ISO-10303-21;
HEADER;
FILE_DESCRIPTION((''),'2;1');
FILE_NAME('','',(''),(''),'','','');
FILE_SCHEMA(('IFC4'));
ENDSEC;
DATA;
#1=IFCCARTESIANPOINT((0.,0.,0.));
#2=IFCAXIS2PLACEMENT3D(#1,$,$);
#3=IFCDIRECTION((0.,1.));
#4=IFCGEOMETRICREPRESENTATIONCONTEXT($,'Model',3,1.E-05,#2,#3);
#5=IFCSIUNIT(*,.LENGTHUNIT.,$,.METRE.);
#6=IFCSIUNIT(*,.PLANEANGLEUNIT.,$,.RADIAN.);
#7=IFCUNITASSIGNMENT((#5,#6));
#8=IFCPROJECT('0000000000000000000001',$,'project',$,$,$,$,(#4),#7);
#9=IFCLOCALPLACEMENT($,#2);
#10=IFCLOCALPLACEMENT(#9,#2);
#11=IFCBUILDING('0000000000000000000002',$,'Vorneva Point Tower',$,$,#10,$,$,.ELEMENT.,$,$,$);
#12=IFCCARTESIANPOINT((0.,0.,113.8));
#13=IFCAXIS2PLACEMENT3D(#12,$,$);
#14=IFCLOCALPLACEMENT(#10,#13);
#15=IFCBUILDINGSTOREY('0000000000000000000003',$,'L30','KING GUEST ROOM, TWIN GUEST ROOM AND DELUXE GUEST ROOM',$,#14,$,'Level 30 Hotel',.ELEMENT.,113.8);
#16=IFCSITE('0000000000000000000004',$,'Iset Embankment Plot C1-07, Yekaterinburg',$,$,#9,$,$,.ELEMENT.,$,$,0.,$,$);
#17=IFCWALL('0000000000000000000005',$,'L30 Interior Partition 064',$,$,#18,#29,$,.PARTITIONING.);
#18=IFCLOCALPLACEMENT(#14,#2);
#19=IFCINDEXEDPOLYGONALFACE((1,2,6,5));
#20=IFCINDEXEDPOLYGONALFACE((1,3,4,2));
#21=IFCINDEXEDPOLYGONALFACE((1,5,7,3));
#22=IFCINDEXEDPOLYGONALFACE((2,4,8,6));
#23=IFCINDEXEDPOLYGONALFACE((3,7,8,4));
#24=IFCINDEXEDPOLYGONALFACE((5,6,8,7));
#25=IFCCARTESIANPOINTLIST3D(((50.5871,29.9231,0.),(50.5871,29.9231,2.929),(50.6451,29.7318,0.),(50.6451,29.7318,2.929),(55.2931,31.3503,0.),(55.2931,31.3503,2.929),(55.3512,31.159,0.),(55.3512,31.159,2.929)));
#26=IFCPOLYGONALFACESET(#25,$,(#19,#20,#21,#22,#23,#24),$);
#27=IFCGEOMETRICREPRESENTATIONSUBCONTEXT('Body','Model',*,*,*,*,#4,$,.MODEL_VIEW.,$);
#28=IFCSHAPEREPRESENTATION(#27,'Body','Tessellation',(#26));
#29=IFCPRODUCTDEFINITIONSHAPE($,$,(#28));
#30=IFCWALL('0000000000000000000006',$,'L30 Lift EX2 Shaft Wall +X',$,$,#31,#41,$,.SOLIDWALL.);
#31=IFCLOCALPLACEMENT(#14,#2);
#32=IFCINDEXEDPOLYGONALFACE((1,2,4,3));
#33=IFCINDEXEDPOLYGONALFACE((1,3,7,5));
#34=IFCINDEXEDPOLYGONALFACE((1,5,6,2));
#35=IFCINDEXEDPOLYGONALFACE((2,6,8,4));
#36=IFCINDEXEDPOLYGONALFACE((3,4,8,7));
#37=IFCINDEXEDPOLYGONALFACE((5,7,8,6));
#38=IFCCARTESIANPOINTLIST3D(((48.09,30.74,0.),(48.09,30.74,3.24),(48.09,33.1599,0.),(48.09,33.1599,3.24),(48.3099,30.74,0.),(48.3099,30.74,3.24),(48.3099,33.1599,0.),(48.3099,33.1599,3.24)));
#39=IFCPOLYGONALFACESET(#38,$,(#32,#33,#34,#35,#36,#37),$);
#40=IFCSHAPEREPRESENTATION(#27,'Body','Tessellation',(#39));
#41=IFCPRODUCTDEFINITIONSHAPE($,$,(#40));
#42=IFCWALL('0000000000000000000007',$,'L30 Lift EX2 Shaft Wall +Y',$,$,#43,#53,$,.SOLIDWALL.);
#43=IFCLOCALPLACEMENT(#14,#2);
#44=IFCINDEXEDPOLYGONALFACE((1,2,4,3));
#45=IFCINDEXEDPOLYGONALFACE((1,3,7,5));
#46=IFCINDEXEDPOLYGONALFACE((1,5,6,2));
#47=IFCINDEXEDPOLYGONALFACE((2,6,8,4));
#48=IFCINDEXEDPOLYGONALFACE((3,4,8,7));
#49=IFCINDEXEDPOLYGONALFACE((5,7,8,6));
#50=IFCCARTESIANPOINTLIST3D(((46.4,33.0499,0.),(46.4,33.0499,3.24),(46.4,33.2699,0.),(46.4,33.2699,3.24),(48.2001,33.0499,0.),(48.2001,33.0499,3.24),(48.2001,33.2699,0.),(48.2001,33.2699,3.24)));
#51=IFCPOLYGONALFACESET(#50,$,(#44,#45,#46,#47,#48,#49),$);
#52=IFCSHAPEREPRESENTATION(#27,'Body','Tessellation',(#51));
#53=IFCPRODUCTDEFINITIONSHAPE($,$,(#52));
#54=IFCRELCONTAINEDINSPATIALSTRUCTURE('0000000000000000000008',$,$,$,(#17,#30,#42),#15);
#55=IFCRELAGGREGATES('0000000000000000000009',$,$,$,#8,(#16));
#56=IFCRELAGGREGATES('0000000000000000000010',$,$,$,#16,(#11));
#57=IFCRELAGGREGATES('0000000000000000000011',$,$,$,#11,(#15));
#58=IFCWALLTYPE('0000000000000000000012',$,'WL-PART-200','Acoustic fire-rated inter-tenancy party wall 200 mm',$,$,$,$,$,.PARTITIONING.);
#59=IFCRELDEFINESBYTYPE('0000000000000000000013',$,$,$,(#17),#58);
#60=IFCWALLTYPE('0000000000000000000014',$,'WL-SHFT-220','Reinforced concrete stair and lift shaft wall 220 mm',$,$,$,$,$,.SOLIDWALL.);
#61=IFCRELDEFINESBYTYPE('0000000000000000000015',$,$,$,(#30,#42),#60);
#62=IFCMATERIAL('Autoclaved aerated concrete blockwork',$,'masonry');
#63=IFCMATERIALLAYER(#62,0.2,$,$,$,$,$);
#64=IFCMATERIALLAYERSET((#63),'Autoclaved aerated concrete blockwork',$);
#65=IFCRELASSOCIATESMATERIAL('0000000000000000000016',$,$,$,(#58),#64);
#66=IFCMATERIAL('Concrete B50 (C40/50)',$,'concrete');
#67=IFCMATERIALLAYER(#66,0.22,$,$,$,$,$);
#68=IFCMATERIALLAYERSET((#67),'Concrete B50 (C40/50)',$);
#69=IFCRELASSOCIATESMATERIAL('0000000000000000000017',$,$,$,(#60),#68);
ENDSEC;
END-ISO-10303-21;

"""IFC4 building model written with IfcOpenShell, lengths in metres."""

from ifc_helpers import new_model, si_unit, direction, frame, frame_2d, origin, place, context, subcontext, project, spatial, rectangle, extrude, material, layer, layer_set, type_object, element, save


model = new_model("IFC4")

# Units and contexts
model_context = context("Model", 3, precision=1e-05, world=origin(), true_north=direction((0.0, 1.0)))
body_context = subcontext(model_context, "Body", "Model", "MODEL_VIEW")
ifc_project = project(units=[si_unit("LENGTHUNIT", "METRE"), si_unit("PLANEANGLEUNIT", "RADIAN")], contexts=[model_context])

# Site, building, storey
site_placement = place(None, origin())
site = spatial("IfcSite", under=ifc_project, at=site_placement, Name="Iset Embankment Plot C1-07, Yekaterinburg", CompositionType="ELEMENT", RefElevation=0.0)
building_placement = place(site_placement, origin())
building = spatial("IfcBuilding", under=site, at=building_placement, Name="Vorneva Point Tower", CompositionType="ELEMENT")
storey_placement = place(building_placement, frame((0.0, 0.0, 113.8)))
storey = spatial("IfcBuildingStorey", under=building, at=storey_placement, Name="L30", Description="KING GUEST ROOM, TWIN GUEST ROOM AND DELUXE GUEST ROOM", LongName="Level 30 Hotel", CompositionType="ELEMENT", Elevation=113.8)

# Shared definitions
ifc_material_1 = material(Name="Autoclaved aerated concrete blockwork", Category="masonry")

# Walls
ifc_layer_1 = layer(ifc_material_1, 0.2)
ifc_layer_set_1 = layer_set([ifc_layer_1], Name="Autoclaved aerated concrete blockwork")
wall_type_1 = type_object("IfcWallType", Name="WL-PART-200", Description="Acoustic fire-rated inter-tenancy party wall 200 mm", PredefinedType="PARTITIONING", material=ifc_layer_set_1)
wall_1_placement = place(storey_placement, frame((50.616, 29.8274, 0.0), z_axis=(0.0, 0.0, 1.0), x_axis=(0.956958, 0.290225, 0.0)))
element("IfcWall", 1, at=wall_1_placement, inside=storey, type_object=wall_type_1, Name="L30 Interior Partition 064", PredefinedType="PARTITIONING", context=body_context, shape_type="SweptSolid", body=[
    extrude(rectangle(XDim=4.9177, YDim=0.2, at=frame_2d((2.459, 0.0))), origin(), (0.0, 0.0, 1.0), 2.929),
])
ifc_material_2 = material(Name="Concrete B50 (C40/50)", Category="concrete")
ifc_layer_2 = layer(ifc_material_2, 0.22)
ifc_layer_set_2 = layer_set([ifc_layer_2], Name="Concrete B50 (C40/50)")
wall_type_2 = type_object("IfcWallType", Name="WL-SHFT-220", Description="Reinforced concrete stair and lift shaft wall 220 mm", PredefinedType="SOLIDWALL", material=ifc_layer_set_2)
wall_2_placement = place(storey_placement, frame((48.2, 30.74, 0.0), z_axis=(0.0, 0.0, 1.0), x_axis=(0.0, 1.0, 0.0)))
element("IfcWall", 2, at=wall_2_placement, inside=storey, type_object=wall_type_2, Name="L30 Lift EX2 Shaft Wall +X", PredefinedType="SOLIDWALL", context=body_context, shape_type="SweptSolid", body=[
    extrude(rectangle(XDim=2.4199, YDim=0.22, at=frame_2d((1.21, 0.0))), origin(), (0.0, 0.0, 1.0), 3.24),
])
wall_3_placement = place(storey_placement, frame((48.2, 33.1599, 0.0), z_axis=(0.0, 0.0, 1.0), x_axis=(-1.0, 0.0, 0.0)))
element("IfcWall", 3, at=wall_3_placement, inside=storey, type_object=wall_type_2, Name="L30 Lift EX2 Shaft Wall +Y", PredefinedType="SOLIDWALL", context=body_context, shape_type="SweptSolid", body=[
    extrude(rectangle(XDim=1.8, YDim=0.22, at=frame_2d((0.8999, 0.0))), origin(), (0.0, 0.0, 1.0), 3.24),
])

save(model, "model.ifc")
